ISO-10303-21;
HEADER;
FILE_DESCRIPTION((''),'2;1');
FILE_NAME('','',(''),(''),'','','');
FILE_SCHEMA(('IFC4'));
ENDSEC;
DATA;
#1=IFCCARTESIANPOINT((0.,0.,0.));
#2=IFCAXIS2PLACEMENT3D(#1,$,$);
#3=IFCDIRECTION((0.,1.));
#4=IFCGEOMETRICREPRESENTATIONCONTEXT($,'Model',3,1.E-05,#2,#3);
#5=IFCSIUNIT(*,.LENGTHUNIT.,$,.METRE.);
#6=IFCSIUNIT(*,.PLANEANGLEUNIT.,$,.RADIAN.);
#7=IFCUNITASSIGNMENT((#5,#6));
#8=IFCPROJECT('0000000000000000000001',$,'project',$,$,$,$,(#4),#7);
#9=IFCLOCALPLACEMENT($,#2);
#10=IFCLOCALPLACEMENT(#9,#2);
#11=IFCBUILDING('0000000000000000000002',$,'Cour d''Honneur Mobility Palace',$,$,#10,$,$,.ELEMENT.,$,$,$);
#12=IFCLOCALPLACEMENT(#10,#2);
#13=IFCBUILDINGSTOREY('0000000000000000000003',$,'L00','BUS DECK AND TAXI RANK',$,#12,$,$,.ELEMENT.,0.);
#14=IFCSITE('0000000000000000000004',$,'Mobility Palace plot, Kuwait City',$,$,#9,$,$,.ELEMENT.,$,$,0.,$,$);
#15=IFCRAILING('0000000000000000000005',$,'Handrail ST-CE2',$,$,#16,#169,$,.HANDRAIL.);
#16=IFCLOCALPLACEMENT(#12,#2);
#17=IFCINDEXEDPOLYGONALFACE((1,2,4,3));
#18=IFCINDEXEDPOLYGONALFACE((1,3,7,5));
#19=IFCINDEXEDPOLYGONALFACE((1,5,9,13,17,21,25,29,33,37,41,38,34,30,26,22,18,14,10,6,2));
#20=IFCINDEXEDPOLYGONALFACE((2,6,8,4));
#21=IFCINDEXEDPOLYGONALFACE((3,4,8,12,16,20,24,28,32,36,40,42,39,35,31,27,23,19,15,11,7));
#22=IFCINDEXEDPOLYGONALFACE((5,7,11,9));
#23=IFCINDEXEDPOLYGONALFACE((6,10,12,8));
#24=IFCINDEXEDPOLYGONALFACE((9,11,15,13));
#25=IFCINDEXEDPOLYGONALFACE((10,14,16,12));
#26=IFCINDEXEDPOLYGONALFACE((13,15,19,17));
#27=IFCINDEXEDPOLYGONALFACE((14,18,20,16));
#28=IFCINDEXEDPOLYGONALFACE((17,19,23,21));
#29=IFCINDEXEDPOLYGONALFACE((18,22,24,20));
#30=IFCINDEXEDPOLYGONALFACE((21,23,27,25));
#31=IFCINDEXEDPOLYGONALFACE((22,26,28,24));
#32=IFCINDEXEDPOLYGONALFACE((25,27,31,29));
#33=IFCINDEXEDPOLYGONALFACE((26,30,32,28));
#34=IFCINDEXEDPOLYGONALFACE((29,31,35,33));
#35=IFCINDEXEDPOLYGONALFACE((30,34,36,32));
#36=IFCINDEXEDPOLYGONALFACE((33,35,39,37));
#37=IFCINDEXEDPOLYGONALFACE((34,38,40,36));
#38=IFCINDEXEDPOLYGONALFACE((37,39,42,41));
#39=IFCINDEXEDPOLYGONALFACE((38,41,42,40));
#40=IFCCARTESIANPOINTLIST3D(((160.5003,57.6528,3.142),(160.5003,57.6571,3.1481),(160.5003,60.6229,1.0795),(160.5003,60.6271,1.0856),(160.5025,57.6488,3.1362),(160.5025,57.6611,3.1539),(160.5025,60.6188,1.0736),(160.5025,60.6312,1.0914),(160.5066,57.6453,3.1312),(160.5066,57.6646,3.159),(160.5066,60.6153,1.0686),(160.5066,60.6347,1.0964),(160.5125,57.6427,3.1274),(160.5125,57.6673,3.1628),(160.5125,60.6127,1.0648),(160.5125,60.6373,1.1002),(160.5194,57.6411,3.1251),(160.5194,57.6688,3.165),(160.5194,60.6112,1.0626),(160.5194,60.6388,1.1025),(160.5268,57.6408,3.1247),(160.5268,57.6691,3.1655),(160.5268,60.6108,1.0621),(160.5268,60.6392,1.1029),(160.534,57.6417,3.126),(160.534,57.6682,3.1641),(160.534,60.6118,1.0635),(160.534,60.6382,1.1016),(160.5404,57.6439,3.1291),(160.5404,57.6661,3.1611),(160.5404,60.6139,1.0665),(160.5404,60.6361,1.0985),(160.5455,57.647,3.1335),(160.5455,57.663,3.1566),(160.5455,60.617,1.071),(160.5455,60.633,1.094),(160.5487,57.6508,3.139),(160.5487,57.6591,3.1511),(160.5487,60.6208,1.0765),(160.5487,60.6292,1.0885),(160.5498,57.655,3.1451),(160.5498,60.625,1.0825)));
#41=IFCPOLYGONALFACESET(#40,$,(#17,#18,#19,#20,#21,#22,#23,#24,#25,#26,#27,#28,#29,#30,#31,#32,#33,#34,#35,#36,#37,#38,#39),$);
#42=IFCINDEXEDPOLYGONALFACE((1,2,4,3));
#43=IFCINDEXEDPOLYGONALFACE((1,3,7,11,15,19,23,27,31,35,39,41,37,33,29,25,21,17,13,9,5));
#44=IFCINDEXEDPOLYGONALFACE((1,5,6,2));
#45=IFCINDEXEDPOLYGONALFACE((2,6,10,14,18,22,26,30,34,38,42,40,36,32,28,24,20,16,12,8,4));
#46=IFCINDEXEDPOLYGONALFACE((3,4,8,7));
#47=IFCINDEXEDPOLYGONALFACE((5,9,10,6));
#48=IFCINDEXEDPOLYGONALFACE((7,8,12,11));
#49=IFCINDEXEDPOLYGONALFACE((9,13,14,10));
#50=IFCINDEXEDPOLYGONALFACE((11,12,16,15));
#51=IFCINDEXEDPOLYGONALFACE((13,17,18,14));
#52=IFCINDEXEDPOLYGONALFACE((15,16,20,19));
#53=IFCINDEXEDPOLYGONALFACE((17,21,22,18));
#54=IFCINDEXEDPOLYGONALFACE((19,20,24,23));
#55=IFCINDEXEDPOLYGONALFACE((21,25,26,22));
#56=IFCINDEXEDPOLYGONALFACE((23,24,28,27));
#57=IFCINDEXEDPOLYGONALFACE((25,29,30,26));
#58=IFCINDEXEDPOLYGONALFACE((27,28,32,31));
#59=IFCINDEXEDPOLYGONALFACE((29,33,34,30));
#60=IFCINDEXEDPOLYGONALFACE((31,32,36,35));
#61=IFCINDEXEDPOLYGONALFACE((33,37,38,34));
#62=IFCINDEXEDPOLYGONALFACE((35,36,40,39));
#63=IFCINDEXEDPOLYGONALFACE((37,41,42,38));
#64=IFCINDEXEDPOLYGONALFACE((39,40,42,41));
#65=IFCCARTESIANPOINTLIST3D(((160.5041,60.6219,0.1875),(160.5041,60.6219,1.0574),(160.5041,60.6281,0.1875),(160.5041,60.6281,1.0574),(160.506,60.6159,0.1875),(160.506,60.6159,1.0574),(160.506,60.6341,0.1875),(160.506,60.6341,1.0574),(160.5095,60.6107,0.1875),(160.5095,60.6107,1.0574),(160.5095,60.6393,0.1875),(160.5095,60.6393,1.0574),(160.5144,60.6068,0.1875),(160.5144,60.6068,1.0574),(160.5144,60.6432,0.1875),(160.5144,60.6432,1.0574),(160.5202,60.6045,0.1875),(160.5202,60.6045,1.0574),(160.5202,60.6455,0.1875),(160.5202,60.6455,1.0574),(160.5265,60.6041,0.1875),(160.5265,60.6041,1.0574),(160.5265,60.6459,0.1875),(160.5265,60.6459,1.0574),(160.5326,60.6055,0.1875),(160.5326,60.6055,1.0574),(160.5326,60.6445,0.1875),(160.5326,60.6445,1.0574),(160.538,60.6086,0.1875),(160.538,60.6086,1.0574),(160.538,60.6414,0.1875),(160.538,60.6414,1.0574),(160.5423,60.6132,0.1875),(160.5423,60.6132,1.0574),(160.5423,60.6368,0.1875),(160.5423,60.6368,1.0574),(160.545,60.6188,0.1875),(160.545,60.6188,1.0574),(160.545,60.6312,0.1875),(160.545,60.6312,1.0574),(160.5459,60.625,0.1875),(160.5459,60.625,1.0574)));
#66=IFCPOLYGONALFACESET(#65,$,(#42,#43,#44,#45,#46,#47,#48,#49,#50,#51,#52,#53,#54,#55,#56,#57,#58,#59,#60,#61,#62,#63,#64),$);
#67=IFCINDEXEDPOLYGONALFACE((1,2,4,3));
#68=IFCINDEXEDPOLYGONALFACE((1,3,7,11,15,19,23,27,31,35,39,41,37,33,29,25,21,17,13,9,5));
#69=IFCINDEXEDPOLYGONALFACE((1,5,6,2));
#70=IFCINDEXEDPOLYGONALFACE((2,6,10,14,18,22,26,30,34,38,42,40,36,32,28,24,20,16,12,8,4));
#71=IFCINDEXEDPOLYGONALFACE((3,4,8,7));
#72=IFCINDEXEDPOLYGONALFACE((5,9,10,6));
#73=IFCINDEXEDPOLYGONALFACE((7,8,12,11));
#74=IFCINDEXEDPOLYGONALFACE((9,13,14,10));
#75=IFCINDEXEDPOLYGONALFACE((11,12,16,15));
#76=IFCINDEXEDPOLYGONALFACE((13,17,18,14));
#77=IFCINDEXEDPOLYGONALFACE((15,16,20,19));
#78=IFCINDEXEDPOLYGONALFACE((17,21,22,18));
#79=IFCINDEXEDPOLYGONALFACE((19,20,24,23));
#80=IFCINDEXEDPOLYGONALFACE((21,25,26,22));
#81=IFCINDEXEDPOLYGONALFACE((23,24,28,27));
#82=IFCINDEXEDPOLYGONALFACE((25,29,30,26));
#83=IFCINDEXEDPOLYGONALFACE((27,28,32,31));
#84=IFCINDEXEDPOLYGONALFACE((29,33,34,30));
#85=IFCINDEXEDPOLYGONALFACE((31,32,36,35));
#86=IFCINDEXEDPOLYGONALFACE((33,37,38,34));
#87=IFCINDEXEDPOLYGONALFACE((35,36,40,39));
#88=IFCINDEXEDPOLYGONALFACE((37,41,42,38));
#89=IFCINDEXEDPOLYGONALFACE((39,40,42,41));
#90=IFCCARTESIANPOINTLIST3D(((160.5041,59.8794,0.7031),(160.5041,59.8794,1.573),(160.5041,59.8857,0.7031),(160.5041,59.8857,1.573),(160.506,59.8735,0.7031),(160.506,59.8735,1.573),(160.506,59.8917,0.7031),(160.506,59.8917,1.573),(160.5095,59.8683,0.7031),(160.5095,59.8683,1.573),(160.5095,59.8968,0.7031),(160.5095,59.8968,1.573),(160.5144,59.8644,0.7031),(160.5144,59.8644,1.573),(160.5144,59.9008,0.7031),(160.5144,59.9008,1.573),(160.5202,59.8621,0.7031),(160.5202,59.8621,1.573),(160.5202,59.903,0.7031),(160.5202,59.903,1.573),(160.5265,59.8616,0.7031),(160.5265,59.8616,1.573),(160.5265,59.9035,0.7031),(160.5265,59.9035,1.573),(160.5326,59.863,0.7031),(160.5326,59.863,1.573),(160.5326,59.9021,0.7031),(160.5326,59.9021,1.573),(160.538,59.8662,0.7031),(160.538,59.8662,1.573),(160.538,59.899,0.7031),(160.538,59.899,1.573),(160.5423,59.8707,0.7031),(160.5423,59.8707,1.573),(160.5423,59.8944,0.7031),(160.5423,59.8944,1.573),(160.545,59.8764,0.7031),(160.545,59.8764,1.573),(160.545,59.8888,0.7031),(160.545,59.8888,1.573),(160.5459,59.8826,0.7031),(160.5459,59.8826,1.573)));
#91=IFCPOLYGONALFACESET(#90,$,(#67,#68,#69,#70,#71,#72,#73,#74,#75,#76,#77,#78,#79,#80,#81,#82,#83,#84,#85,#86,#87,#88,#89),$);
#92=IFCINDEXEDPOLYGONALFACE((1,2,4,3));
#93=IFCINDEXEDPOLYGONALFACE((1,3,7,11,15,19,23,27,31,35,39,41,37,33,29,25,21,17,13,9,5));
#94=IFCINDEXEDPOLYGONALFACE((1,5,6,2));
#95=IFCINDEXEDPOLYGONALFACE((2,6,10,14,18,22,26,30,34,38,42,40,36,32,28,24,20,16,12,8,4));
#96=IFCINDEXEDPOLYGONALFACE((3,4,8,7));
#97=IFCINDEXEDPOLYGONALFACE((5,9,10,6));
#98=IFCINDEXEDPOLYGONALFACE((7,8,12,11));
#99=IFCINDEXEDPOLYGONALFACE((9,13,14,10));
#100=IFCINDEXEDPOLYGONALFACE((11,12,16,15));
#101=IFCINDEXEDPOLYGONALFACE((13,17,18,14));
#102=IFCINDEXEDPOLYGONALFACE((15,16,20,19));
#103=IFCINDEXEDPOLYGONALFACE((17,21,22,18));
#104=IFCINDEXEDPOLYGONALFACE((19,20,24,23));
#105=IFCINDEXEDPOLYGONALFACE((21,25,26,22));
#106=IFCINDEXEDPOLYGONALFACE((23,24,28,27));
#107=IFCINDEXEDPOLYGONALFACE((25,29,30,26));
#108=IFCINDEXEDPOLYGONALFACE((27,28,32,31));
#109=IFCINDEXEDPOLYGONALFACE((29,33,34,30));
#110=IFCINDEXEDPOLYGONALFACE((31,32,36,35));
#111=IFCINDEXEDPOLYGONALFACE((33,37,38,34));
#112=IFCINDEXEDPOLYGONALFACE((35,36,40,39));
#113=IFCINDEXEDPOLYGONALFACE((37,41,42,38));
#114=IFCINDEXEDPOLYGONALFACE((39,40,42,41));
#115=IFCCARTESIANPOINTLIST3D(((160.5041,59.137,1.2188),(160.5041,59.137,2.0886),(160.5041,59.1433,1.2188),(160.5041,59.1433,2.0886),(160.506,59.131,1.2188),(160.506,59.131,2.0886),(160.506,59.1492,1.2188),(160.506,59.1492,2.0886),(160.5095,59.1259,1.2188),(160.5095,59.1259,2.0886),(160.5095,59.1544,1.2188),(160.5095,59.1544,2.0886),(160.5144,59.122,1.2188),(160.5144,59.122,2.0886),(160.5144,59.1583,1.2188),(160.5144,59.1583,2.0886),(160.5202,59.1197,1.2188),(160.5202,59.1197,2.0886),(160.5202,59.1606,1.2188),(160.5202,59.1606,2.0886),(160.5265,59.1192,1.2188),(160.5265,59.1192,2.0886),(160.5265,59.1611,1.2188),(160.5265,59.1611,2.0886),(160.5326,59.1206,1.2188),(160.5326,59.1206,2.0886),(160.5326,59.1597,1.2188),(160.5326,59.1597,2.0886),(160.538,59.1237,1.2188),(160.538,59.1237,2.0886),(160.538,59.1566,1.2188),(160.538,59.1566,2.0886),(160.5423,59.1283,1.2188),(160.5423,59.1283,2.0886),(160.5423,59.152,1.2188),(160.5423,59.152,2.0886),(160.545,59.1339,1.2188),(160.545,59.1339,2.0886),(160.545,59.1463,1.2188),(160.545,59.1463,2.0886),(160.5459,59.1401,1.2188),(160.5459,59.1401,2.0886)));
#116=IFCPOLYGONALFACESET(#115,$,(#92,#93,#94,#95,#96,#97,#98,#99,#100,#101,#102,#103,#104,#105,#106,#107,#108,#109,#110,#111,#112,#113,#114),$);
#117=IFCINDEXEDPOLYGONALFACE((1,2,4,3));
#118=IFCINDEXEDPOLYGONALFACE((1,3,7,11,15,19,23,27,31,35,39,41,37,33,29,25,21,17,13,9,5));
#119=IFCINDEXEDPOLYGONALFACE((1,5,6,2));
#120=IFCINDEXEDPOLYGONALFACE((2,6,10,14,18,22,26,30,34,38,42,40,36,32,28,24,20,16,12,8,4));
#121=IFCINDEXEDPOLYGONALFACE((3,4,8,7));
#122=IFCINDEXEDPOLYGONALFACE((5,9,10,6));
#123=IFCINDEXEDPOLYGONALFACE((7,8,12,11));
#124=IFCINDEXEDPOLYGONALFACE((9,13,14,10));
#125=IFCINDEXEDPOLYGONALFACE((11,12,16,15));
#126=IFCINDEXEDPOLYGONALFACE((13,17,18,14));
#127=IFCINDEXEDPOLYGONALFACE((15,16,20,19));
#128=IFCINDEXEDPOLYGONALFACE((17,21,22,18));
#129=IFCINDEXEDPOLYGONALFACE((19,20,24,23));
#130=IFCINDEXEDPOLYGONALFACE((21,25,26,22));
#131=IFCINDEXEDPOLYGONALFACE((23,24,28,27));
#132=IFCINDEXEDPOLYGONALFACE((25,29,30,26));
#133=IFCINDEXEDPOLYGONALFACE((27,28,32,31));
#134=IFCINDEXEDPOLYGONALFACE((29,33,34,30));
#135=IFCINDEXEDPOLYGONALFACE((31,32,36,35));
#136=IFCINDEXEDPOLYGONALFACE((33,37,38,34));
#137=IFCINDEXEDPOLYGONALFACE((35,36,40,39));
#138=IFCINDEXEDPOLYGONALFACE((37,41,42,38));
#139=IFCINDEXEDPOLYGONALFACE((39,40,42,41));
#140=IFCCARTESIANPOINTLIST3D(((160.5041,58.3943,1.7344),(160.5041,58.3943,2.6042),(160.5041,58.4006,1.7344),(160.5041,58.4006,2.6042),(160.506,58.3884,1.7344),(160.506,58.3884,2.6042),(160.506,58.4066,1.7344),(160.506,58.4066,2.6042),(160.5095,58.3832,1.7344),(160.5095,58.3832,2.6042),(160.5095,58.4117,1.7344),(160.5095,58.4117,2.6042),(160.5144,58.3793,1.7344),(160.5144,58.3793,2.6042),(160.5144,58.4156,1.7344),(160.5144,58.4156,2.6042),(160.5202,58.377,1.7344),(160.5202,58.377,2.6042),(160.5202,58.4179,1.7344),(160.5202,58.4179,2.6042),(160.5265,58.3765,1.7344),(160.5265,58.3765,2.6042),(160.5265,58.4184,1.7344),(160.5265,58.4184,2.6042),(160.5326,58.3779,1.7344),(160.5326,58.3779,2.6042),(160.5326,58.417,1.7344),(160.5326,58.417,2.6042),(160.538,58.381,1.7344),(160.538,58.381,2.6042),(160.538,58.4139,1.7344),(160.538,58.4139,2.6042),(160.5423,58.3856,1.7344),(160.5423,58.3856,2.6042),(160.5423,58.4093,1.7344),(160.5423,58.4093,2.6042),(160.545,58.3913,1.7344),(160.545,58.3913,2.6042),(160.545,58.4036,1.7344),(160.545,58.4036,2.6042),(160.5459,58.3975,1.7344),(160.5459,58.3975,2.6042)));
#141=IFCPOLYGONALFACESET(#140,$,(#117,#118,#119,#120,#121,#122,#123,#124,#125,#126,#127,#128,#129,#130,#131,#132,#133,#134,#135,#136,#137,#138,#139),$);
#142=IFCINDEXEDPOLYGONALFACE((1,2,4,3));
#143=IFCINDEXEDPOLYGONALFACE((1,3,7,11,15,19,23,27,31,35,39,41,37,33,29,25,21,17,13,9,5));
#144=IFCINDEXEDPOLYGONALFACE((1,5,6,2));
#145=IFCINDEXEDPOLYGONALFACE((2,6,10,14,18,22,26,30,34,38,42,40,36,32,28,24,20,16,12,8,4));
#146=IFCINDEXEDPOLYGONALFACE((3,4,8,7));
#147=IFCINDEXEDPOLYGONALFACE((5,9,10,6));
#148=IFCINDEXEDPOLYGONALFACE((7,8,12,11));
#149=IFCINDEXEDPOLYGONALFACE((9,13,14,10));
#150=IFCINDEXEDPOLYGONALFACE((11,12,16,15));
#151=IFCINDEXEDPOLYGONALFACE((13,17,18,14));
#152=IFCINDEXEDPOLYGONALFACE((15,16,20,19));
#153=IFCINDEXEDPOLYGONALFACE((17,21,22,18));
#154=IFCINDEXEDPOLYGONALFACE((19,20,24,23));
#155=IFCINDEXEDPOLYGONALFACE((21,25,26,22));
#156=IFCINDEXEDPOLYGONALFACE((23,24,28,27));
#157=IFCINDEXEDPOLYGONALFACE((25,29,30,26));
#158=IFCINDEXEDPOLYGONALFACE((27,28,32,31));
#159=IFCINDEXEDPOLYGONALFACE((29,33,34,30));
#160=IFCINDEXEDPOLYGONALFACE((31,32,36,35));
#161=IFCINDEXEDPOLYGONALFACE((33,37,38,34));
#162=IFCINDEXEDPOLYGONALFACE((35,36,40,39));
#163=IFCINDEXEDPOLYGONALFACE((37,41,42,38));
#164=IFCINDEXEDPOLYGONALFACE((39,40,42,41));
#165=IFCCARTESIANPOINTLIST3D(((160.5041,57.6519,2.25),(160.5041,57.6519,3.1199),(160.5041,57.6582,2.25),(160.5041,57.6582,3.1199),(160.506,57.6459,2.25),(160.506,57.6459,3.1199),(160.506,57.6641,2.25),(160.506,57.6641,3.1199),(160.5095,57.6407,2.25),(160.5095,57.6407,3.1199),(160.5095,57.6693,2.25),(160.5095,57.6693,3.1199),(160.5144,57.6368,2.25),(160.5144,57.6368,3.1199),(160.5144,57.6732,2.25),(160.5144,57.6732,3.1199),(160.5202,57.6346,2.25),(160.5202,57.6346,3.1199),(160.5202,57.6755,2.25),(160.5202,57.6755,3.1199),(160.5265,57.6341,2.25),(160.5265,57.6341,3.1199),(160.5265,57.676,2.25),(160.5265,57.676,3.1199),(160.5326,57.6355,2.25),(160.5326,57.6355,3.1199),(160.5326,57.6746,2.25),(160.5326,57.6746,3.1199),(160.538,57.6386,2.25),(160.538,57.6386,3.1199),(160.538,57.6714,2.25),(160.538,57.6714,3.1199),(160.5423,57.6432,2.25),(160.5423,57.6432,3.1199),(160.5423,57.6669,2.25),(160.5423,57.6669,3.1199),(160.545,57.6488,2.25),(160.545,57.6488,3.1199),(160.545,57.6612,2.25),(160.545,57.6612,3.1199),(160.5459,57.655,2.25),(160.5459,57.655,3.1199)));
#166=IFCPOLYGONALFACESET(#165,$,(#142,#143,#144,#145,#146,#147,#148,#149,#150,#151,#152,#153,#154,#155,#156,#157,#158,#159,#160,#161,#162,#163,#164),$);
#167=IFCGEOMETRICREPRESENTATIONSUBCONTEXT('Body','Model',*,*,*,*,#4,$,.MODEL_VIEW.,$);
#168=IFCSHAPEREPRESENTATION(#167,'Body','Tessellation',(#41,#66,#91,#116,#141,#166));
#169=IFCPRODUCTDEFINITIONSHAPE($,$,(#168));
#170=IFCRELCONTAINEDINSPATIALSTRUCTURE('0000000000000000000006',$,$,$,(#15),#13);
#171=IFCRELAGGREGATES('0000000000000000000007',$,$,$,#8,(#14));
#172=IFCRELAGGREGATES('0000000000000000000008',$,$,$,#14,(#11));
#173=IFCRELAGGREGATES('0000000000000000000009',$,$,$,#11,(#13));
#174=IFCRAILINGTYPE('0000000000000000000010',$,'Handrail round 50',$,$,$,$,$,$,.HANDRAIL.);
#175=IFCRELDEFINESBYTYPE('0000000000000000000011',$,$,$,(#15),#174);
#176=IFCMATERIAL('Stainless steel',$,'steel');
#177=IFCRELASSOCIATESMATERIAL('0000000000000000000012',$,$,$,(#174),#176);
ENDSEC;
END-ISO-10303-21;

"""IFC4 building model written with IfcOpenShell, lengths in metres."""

from ifc_helpers import new_model, si_unit, direction, frame, origin, origin_2d, place, context, subcontext, project, spatial, circle, extrude, material, type_object, element, save


model = new_model("IFC4")

# Units and contexts
model_context = context("Model", 3, precision=1e-05, world=origin(), true_north=direction((0.0, 1.0)))
body_context = subcontext(model_context, "Body", "Model", "MODEL_VIEW")
ifc_project = project(units=[si_unit("LENGTHUNIT", "METRE"), si_unit("PLANEANGLEUNIT", "RADIAN")], contexts=[model_context])

# Site, building, storey
site_placement = place(None, origin())
site = spatial("IfcSite", under=ifc_project, at=site_placement, Name="Mobility Palace plot, Kuwait City", CompositionType="ELEMENT", RefElevation=0.0)
building_placement = place(site_placement, origin())
building = spatial("IfcBuilding", under=site, at=building_placement, Name="Cour d'Honneur Mobility Palace", CompositionType="ELEMENT")
storey_placement = place(building_placement, origin())
storey = spatial("IfcBuildingStorey", under=building, at=storey_placement, Name="L00", Description="BUS DECK AND TAXI RANK", CompositionType="ELEMENT", Elevation=0.0)

# Railing
ifc_material_1 = material(Name="Stainless steel", Category="steel")
railing_type_1 = type_object("IfcRailingType", Name="Handrail round 50", PredefinedType="HANDRAIL", material=ifc_material_1)
for number, where, name in (
    (1, (160.5249, 60.625, 0.1875), "Handrail ST-CE2"),
):
    element("IfcRailing", number, at=place(storey_placement, frame(where)), inside=storey, type_object=railing_type_1, Name=name, PredefinedType="HANDRAIL", context=body_context, shape_type="SweptSolid", body=[
        extrude(circle(Radius=0.0249, at=origin_2d()), frame((0.0, 0.0, 0.895), z_axis=(0.0, -0.821367, 0.5704), x_axis=(1.0, 0.0, 0.0)), (0.0, 0.0, 1.0), 3.616),
        extrude(circle(Radius=0.021, at=origin_2d()), origin(), (0.0, 0.0, 1.0), 0.8699),
        extrude(circle(Radius=0.021, at=origin_2d()), frame((0.0, -0.7424, 0.5156)), (0.0, 0.0, 1.0), 0.8699),
        extrude(circle(Radius=0.021, at=origin_2d()), frame((0.0, -1.4849, 1.0312)), (0.0, 0.0, 1.0), 0.8699),
        extrude(circle(Radius=0.021, at=origin_2d()), frame((0.0, -2.2275, 1.5469)), (0.0, 0.0, 1.0), 0.8699),
        extrude(circle(Radius=0.021, at=origin_2d()), frame((0.0, -2.97, 2.0625)), (0.0, 0.0, 1.0), 0.8699),
    ])

save(model, "model.ifc")
